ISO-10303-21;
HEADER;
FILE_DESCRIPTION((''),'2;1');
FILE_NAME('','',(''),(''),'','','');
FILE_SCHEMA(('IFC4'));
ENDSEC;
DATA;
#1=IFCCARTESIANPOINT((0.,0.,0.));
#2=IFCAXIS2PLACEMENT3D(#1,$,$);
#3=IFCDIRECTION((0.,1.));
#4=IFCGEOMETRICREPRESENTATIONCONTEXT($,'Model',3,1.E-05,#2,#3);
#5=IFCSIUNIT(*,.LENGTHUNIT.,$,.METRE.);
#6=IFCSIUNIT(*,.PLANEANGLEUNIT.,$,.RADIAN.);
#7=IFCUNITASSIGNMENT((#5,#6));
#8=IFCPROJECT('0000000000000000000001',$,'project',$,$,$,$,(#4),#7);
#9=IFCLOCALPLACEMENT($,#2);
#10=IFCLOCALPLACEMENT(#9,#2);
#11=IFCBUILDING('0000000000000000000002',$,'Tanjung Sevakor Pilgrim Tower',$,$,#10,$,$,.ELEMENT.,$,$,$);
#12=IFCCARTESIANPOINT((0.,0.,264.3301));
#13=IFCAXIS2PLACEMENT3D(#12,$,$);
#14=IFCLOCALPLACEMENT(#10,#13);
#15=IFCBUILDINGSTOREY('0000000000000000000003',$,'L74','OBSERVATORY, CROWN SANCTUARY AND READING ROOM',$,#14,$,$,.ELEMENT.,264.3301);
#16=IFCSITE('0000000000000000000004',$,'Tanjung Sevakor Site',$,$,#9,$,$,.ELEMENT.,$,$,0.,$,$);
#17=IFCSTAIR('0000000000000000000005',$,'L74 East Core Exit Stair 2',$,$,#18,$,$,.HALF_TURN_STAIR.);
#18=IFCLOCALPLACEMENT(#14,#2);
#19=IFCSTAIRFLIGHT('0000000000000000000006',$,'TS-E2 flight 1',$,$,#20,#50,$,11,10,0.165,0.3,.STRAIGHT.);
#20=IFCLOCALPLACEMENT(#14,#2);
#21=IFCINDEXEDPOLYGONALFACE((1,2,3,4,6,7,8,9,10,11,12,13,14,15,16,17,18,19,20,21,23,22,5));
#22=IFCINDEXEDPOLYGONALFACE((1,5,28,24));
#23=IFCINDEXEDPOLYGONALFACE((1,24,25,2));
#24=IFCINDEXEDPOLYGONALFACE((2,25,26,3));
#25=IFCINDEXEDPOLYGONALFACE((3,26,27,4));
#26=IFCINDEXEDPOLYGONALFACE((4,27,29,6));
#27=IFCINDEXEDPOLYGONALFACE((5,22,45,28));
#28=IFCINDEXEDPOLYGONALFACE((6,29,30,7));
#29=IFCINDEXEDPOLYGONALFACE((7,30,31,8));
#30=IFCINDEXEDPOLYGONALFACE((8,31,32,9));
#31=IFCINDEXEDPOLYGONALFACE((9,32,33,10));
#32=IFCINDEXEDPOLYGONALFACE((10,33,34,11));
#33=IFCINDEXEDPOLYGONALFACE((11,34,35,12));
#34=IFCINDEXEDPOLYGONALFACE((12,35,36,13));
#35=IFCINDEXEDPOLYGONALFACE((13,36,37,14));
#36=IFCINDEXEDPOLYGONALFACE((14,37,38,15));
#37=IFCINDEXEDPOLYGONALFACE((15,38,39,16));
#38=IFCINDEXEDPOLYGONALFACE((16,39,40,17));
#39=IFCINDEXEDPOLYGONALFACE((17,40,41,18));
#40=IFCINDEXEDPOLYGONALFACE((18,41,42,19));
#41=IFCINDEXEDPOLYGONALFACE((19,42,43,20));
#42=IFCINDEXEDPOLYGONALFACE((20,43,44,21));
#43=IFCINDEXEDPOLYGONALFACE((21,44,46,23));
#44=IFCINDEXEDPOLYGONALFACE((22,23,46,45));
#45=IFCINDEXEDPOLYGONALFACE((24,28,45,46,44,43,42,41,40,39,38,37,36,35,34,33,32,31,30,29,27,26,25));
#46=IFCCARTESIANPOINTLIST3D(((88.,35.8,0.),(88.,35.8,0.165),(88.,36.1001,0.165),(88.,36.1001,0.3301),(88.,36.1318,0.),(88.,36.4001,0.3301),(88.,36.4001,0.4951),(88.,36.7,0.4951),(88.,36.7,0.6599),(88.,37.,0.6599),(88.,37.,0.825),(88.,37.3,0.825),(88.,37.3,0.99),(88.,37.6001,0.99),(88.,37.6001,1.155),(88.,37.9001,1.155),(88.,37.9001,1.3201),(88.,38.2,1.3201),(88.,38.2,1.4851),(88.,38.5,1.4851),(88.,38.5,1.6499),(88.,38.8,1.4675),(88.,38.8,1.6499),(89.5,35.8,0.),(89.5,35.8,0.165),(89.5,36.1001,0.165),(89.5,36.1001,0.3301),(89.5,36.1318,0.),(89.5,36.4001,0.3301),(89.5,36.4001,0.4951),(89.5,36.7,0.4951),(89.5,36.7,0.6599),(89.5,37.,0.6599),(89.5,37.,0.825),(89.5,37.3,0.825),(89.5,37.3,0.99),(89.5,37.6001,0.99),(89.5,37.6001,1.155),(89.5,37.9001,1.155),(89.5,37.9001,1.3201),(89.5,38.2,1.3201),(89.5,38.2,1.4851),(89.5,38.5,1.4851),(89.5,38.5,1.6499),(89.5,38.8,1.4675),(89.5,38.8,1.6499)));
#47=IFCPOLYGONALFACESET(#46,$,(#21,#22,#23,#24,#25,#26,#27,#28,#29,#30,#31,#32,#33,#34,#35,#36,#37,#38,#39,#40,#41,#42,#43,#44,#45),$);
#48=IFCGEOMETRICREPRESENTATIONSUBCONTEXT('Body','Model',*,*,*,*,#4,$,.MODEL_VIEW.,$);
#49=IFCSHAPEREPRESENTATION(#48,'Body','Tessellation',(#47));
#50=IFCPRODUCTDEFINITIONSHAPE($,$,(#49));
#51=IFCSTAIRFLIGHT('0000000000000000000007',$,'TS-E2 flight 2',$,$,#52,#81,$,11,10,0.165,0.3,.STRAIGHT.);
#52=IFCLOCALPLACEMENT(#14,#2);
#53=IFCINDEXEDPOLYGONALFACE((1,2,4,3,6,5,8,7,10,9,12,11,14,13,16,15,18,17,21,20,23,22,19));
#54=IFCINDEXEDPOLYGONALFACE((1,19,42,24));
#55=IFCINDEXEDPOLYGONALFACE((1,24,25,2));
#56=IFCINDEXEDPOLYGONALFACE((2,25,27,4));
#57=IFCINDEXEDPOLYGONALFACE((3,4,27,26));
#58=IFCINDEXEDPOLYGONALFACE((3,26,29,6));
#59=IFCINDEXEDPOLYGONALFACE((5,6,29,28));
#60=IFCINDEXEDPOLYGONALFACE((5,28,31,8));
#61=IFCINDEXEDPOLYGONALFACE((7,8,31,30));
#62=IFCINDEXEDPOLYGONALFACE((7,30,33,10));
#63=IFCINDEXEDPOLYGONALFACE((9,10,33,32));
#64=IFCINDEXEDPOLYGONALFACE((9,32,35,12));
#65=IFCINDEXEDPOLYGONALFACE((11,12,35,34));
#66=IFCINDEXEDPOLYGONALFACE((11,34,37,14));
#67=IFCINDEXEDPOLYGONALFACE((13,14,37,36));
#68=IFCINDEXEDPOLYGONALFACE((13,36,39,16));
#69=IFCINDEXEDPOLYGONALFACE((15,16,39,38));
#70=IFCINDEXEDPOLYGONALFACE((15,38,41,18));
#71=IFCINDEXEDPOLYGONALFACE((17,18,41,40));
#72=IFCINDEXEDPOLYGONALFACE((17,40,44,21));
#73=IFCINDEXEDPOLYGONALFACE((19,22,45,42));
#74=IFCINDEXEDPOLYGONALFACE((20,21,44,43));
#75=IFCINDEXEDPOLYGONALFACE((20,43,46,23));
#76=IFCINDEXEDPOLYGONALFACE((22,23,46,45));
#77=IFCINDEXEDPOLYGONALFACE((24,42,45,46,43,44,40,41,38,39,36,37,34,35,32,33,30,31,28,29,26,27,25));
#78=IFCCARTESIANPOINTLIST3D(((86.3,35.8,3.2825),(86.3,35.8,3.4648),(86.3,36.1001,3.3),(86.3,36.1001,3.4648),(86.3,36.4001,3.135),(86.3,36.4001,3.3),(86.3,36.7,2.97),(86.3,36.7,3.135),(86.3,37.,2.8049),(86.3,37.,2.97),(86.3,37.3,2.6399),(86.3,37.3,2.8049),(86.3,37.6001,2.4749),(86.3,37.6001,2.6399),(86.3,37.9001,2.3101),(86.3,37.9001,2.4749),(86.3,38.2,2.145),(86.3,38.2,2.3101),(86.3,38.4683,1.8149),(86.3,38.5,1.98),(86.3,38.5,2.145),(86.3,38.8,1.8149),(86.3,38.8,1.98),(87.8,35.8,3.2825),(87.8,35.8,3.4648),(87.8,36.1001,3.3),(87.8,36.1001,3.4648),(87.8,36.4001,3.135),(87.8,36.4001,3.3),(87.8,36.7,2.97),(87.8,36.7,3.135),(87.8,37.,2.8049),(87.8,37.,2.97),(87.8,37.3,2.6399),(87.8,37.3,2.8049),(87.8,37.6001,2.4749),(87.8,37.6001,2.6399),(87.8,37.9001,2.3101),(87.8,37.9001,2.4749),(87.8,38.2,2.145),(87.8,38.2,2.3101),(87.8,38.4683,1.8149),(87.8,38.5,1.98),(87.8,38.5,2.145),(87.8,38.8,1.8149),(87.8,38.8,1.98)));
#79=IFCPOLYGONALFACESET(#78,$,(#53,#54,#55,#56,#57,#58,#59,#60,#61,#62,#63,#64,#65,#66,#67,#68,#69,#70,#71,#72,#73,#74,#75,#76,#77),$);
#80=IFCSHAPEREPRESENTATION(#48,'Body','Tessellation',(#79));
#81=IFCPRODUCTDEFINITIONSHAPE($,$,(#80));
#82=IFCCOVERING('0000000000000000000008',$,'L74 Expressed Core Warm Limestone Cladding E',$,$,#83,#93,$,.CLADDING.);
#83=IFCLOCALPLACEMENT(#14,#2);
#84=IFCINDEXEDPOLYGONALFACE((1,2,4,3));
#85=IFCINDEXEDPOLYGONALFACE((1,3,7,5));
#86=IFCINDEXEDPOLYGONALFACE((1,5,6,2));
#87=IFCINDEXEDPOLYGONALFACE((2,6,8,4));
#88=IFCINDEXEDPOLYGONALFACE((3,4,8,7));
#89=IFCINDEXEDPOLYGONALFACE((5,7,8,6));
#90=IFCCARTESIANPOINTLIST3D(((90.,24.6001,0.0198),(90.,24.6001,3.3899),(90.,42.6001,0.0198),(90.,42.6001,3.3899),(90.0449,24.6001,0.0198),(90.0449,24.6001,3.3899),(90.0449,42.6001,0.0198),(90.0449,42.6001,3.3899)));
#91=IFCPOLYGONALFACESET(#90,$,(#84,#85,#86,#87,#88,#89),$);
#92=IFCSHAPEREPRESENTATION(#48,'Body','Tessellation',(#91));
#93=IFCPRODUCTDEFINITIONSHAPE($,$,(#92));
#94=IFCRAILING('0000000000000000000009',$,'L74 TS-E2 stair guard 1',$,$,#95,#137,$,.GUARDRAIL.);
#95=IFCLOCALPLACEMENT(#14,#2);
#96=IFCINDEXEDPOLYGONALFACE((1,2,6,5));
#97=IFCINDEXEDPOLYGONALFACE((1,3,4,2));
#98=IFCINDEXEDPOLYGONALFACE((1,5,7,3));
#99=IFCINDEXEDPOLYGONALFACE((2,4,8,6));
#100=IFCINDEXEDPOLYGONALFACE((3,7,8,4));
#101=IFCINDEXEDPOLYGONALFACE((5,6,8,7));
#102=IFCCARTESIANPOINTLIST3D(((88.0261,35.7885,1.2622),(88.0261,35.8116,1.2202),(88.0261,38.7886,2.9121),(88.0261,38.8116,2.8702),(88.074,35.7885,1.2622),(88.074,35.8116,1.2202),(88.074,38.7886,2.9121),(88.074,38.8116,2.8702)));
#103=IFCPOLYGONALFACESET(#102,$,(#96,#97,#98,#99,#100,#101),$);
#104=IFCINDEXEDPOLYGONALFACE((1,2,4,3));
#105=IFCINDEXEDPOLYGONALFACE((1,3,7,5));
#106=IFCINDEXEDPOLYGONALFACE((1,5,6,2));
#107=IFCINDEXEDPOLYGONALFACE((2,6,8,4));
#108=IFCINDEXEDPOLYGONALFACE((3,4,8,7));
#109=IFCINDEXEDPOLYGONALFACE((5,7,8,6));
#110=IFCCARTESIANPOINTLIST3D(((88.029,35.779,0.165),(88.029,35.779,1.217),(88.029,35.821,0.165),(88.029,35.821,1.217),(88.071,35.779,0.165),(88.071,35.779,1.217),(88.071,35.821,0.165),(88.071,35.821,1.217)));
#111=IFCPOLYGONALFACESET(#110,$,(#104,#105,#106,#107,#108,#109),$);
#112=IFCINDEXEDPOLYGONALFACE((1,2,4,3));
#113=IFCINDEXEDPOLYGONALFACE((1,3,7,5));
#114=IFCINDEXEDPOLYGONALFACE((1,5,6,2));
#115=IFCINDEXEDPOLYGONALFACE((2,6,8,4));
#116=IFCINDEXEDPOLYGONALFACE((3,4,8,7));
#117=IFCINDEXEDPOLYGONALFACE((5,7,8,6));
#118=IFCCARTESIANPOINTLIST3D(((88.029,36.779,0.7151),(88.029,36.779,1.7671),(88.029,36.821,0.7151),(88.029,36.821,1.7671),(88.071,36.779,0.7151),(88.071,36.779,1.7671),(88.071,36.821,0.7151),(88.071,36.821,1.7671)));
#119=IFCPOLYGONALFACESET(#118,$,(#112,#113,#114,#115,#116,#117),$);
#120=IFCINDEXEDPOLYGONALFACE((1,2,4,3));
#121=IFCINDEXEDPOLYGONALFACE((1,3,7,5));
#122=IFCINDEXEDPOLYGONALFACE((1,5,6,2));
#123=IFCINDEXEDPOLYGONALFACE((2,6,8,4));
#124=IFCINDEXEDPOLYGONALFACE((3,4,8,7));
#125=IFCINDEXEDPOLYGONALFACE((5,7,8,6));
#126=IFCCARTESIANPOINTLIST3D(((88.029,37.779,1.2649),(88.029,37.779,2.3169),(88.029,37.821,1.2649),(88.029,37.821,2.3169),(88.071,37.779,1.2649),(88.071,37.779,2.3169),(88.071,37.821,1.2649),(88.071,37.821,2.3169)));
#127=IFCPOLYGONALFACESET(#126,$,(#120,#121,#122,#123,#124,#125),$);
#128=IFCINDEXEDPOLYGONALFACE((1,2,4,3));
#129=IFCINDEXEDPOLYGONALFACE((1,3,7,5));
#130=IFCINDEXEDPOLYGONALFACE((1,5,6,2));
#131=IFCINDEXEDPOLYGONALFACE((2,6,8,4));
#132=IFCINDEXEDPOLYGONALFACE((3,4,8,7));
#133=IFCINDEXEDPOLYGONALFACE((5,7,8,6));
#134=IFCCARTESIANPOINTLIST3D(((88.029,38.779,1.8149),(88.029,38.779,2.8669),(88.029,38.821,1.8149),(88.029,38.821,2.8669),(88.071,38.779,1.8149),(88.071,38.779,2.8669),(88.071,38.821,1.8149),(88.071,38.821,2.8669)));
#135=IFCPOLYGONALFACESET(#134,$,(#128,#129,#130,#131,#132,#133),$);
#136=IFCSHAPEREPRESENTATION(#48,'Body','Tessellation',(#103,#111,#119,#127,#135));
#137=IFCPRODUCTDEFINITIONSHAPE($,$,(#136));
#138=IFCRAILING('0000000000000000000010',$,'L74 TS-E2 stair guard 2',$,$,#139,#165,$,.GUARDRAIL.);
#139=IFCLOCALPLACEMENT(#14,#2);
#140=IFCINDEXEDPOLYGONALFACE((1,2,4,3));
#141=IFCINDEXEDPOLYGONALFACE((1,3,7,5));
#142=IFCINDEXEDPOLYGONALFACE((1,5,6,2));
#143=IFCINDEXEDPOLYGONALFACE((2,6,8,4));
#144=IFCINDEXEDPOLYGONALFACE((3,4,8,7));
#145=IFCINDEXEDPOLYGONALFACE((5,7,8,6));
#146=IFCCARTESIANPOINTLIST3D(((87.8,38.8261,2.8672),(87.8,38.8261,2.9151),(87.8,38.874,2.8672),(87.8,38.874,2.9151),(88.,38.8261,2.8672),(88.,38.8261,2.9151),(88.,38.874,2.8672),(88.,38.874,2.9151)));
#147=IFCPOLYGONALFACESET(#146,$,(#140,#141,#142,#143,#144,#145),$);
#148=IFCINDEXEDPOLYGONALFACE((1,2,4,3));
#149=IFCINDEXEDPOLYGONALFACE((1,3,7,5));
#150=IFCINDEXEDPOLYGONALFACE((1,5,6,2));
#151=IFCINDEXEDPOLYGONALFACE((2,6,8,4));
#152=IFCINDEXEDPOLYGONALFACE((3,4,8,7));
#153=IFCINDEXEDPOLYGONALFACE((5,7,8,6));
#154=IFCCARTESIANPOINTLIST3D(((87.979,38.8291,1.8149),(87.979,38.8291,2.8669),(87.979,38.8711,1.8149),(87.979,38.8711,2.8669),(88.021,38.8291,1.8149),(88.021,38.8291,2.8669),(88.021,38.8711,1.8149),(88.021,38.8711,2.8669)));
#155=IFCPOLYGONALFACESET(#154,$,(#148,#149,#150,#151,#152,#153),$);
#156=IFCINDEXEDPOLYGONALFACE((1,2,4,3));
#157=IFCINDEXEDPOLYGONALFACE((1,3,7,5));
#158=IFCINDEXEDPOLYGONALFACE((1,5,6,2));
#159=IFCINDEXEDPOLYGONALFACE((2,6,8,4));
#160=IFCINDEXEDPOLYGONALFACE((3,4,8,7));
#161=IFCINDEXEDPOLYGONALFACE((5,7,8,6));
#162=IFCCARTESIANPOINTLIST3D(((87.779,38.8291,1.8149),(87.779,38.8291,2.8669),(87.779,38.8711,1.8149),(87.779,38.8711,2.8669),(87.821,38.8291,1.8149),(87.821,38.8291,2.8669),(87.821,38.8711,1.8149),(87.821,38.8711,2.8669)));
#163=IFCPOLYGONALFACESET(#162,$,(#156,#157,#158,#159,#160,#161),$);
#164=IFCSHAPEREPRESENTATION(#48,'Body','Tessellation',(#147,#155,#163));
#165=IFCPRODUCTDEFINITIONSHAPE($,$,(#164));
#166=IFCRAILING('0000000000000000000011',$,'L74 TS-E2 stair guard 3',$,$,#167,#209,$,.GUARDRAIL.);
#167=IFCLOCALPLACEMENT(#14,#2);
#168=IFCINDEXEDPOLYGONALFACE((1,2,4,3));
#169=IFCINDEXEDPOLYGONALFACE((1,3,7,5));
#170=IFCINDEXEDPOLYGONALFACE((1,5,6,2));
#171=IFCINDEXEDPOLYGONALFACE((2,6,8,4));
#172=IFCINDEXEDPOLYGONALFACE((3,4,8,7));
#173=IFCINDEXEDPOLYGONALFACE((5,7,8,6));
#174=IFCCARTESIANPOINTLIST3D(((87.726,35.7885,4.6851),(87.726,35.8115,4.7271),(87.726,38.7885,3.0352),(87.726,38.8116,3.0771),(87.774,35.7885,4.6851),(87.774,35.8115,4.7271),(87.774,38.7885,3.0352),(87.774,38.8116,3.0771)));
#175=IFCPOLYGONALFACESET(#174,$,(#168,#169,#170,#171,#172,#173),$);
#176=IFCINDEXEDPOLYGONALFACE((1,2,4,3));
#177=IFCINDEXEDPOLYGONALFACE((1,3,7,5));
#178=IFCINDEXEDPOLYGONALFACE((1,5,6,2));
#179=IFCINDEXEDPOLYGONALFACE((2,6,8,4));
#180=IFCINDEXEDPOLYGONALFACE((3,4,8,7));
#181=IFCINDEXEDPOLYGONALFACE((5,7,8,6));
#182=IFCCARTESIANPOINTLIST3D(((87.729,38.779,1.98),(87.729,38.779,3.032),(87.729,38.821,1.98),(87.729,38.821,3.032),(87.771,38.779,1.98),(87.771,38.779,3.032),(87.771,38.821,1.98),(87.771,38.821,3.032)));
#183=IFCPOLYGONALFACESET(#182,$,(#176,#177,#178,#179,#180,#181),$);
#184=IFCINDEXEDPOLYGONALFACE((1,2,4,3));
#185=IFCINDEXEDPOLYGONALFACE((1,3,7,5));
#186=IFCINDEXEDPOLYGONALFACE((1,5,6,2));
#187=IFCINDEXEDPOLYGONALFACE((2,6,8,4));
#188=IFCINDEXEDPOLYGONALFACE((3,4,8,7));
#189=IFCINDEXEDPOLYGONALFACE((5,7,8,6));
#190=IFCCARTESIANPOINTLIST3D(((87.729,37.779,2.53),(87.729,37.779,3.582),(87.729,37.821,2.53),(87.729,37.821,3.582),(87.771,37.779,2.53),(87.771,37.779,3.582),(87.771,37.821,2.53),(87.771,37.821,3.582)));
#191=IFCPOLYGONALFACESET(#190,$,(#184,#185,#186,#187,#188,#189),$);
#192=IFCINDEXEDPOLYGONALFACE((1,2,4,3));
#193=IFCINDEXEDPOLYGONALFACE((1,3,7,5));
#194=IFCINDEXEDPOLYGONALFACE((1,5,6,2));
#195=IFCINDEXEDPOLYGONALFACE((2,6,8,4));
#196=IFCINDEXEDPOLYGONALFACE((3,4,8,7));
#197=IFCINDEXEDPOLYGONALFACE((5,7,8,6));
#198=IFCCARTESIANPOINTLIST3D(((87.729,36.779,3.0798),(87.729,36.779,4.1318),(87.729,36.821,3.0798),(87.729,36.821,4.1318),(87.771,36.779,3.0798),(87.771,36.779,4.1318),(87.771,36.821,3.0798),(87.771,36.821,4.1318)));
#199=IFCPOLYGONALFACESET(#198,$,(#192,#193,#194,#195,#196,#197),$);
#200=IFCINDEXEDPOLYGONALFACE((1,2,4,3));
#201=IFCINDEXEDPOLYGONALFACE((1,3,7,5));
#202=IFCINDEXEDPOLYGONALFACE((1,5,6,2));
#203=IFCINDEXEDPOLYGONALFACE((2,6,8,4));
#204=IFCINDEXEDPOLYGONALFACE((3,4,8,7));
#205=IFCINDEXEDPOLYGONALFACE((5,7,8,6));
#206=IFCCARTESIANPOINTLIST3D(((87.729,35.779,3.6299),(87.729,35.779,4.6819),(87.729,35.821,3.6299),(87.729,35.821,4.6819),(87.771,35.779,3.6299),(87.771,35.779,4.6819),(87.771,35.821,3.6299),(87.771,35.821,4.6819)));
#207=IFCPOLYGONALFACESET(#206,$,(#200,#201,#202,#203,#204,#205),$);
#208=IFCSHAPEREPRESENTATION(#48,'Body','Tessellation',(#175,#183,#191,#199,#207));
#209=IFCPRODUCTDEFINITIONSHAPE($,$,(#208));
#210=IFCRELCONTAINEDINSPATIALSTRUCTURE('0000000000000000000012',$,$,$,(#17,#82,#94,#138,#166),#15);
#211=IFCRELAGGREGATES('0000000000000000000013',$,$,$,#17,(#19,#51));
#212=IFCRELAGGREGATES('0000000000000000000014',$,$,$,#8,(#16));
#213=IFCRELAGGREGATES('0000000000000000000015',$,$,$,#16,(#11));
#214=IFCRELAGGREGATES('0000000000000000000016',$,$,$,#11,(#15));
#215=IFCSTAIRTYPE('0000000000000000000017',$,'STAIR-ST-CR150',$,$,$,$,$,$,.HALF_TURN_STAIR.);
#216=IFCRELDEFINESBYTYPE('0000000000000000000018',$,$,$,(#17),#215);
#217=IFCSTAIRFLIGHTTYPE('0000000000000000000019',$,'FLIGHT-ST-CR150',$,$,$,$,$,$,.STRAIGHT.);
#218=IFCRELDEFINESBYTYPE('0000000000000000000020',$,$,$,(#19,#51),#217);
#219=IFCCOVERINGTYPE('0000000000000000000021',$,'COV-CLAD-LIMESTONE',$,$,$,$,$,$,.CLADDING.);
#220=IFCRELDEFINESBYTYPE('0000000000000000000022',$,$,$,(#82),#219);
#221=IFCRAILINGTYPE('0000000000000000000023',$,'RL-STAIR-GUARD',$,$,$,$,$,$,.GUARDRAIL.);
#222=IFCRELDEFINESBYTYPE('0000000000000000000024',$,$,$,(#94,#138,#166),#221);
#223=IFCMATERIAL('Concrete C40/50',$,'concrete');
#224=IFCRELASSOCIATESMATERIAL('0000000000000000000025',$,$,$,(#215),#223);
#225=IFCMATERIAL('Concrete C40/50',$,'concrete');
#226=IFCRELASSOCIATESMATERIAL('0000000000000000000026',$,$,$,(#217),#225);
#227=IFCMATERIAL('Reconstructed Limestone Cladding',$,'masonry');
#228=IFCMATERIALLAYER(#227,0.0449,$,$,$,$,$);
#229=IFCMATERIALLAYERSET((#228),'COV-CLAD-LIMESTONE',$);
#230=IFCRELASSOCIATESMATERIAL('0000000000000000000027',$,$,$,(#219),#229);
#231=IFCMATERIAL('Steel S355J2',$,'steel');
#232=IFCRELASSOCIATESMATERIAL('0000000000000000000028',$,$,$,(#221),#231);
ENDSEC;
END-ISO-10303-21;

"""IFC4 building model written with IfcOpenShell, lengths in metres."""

from ifc_helpers import new_model, si_unit, direction, frame, origin, origin_2d, place, context, subcontext, project, spatial, polyline, rectangle, outline, extrude, material, layer, layer_set, type_object, element, aggregate, save


model = new_model("IFC4")

# Units and contexts
model_context = context("Model", 3, precision=1e-05, world=origin(), true_north=direction((0.0, 1.0)))
body_context = subcontext(model_context, "Body", "Model", "MODEL_VIEW")
ifc_project = project(units=[si_unit("LENGTHUNIT", "METRE"), si_unit("PLANEANGLEUNIT", "RADIAN")], contexts=[model_context])

# Site, building, storey
site_placement = place(None, origin())
site = spatial("IfcSite", under=ifc_project, at=site_placement, Name="Tanjung Sevakor Site", CompositionType="ELEMENT", RefElevation=0.0)
building_placement = place(site_placement, origin())
building = spatial("IfcBuilding", under=site, at=building_placement, Name="Tanjung Sevakor Pilgrim Tower", CompositionType="ELEMENT")
storey_placement = place(building_placement, frame((0.0, 0.0, 264.3301)))
storey = spatial("IfcBuildingStorey", under=building, at=storey_placement, Name="L74", Description="OBSERVATORY, CROWN SANCTUARY AND READING ROOM", CompositionType="ELEMENT", Elevation=264.3301)

# Stair, stair flights
ifc_material_1 = material(Name="Concrete C40/50", Category="concrete")
stair_type = type_object("IfcStairType", Name="STAIR-ST-CR150", PredefinedType="HALF_TURN_STAIR", material=ifc_material_1)
stair_placement = place(storey_placement, origin())
stair = element("IfcStair", 1, at=stair_placement, inside=storey, type_object=stair_type, Name="L74 East Core Exit Stair 2", PredefinedType="HALF_TURN_STAIR")
ifc_material_2 = material(Name="Concrete C40/50", Category="concrete")
stair_flight_type = type_object("IfcStairFlightType", Name="FLIGHT-ST-CR150", PredefinedType="STRAIGHT", material=ifc_material_2)
stair_flight_1_placement = place(storey_placement, frame((88.75, 35.8, 0.0), z_axis=(0.0, 0.0, 1.0), x_axis=(0.0, 1.0, 0.0)))
stair_flight_1 = element("IfcStairFlight", 2, at=stair_flight_1_placement, type_object=stair_flight_type, Name="TS-E2 flight 1", NumberOfRisers=11, NumberOfTreads=10, PredefinedType="STRAIGHT", RiserHeight=0.165, TreadLength=0.3, context=body_context, shape_type="SweptSolid", body=[
    extrude(outline(polyline([(0.0, 0.0), (0.0, 0.165), (0.3, 0.165), (0.3, 0.3301), (0.6001, 0.3301), (0.6001, 0.4951), (0.8999, 0.4951), (0.8999, 0.6599), (1.2, 0.6599), (1.2, 0.825), (1.5, 0.825), (1.5, 0.99), (1.8, 0.99), (1.8, 1.155), (2.1001, 1.155), (2.1001, 1.3201), (2.3999, 1.3201), (2.3999, 1.4851), (2.7, 1.4851), (2.7, 1.6499), (3.0, 1.6499), (3.0, 1.8149), (3.0, 1.4675), (0.3318, 0.0), (0.0, 0.0)])), frame((0.0, 0.75, 0.0), z_axis=(0.0, -1.0, 0.0), x_axis=(1.0, 0.0, 0.0)), (0.0, 0.0, 1.0), 1.5),
])
stair_flight_2_placement = place(storey_placement, frame((87.05, 38.8, 1.8149), z_axis=(0.0, 0.0, 1.0), x_axis=(0.0, -1.0, 0.0)))
stair_flight_2 = element("IfcStairFlight", 3, at=stair_flight_2_placement, type_object=stair_flight_type, Name="TS-E2 flight 2", NumberOfRisers=11, NumberOfTreads=10, PredefinedType="STRAIGHT", RiserHeight=0.165, TreadLength=0.3, context=body_context, shape_type="SweptSolid", body=[
    extrude(outline(polyline([(0.0, 0.0), (0.0, 0.165), (0.3, 0.165), (0.3, 0.3301), (0.6001, 0.3301), (0.6001, 0.4951), (0.8999, 0.4951), (0.8999, 0.6599), (1.2, 0.6599), (1.2, 0.825), (1.5, 0.825), (1.5, 0.99), (1.8, 0.99), (1.8, 1.155), (2.1001, 1.155), (2.1001, 1.3201), (2.3999, 1.3201), (2.3999, 1.4851), (2.7, 1.4851), (2.7, 1.6499), (3.0, 1.6499), (3.0, 1.8149), (3.0, 1.4675), (0.3318, 0.0), (0.0, 0.0)])), frame((0.0, 0.75, 0.0), z_axis=(0.0, -1.0, 0.0), x_axis=(1.0, 0.0, 0.0)), (0.0, 0.0, 1.0), 1.5),
])
aggregate(stair, [stair_flight_1, stair_flight_2])

# Covering
ifc_material_3 = material(Name="Reconstructed Limestone Cladding", Category="masonry")
ifc_layer_1 = layer(ifc_material_3, 0.0449)
ifc_layer_set_1 = layer_set([ifc_layer_1], Name="COV-CLAD-LIMESTONE")
covering_type = type_object("IfcCoveringType", Name="COV-CLAD-LIMESTONE", PredefinedType="CLADDING", material=ifc_layer_set_1)
covering_placement = place(storey_placement, frame((90.0225, 33.6001, 0.0198), z_axis=(0.0, 0.0, 1.0), x_axis=(1.0, 0.0, 0.0)))
element("IfcCovering", 4, at=covering_placement, inside=storey, type_object=covering_type, Name="L74 Expressed Core Warm Limestone Cladding E", PredefinedType="CLADDING", context=body_context, shape_type="SweptSolid", body=[
    extrude(rectangle(XDim=0.0449, YDim=18.0, at=origin_2d()), origin(), (0.0, 0.0, 1.0), 3.3701),
])

# Railings
ifc_material_4 = material(Name="Steel S355J2", Category="steel")
railing_type_1 = type_object("IfcRailingType", Name="RL-STAIR-GUARD", PredefinedType="GUARDRAIL", material=ifc_material_4)
railing_1_placement = place(storey_placement, frame((88.05, 35.8, 0.165)))
element("IfcRailing", 5, at=railing_1_placement, inside=storey, type_object=railing_type_1, Name="L74 TS-E2 stair guard 1", PredefinedType="GUARDRAIL", context=body_context, shape_type="SweptSolid", body=[
    extrude(rectangle(XDim=0.0479, YDim=0.0479), frame((0.0, 0.0, 1.0762), z_axis=(0.0, 0.876228, 0.481897), x_axis=(-1.0, 0.0, 0.0)), (0.0, 0.0, 1.0), 3.4238),
    extrude(rectangle(XDim=0.042, YDim=0.042), origin(), (0.0, 0.0, 1.0), 1.052),
    extrude(rectangle(XDim=0.042, YDim=0.042), frame((0.0, 1.0, 0.55)), (0.0, 0.0, 1.0), 1.052),
    extrude(rectangle(XDim=0.042, YDim=0.042), frame((0.0, 2.0, 1.0999)), (0.0, 0.0, 1.0), 1.052),
    extrude(rectangle(XDim=0.042, YDim=0.042), frame((0.0, 3.0, 1.6499)), (0.0, 0.0, 1.0), 1.052),
])
railing_2_placement = place(storey_placement, frame((88.0, 38.8501, 1.8149)))
element("IfcRailing", 6, at=railing_2_placement, inside=storey, type_object=railing_type_1, Name="L74 TS-E2 stair guard 2", PredefinedType="GUARDRAIL", context=body_context, shape_type="SweptSolid", body=[
    extrude(rectangle(XDim=0.0479, YDim=0.0479), frame((0.0, 0.0, 1.0762), z_axis=(-1.0, 0.0, 0.0), x_axis=(0.0, -1.0, 0.0)), (0.0, 0.0, 1.0), 0.2),
    extrude(rectangle(XDim=0.042, YDim=0.042), origin(), (0.0, 0.0, 1.0), 1.052),
    extrude(rectangle(XDim=0.042, YDim=0.042), frame((-0.2, 0.0, 0.0)), (0.0, 0.0, 1.0), 1.052),
])
railing_3_placement = place(storey_placement, frame((87.75, 38.8, 1.98)))
element("IfcRailing", 7, at=railing_3_placement, inside=storey, type_object=railing_type_1, Name="L74 TS-E2 stair guard 3", PredefinedType="GUARDRAIL", context=body_context, shape_type="SweptSolid", body=[
    extrude(rectangle(XDim=0.0479, YDim=0.0479), frame((0.0, 0.0, 1.0762), z_axis=(0.0, -0.876228, 0.481897), x_axis=(1.0, 0.0, 0.0)), (0.0, 0.0, 1.0), 3.4238),
    extrude(rectangle(XDim=0.042, YDim=0.042), origin(), (0.0, 0.0, 1.0), 1.052),
    extrude(rectangle(XDim=0.042, YDim=0.042), frame((0.0, -1.0, 0.55)), (0.0, 0.0, 1.0), 1.052),
    extrude(rectangle(XDim=0.042, YDim=0.042), frame((0.0, -2.0, 1.0999)), (0.0, 0.0, 1.0), 1.052),
    extrude(rectangle(XDim=0.042, YDim=0.042), frame((0.0, -3.0, 1.6499)), (0.0, 0.0, 1.0), 1.052),
])

save(model, "model.ifc")
